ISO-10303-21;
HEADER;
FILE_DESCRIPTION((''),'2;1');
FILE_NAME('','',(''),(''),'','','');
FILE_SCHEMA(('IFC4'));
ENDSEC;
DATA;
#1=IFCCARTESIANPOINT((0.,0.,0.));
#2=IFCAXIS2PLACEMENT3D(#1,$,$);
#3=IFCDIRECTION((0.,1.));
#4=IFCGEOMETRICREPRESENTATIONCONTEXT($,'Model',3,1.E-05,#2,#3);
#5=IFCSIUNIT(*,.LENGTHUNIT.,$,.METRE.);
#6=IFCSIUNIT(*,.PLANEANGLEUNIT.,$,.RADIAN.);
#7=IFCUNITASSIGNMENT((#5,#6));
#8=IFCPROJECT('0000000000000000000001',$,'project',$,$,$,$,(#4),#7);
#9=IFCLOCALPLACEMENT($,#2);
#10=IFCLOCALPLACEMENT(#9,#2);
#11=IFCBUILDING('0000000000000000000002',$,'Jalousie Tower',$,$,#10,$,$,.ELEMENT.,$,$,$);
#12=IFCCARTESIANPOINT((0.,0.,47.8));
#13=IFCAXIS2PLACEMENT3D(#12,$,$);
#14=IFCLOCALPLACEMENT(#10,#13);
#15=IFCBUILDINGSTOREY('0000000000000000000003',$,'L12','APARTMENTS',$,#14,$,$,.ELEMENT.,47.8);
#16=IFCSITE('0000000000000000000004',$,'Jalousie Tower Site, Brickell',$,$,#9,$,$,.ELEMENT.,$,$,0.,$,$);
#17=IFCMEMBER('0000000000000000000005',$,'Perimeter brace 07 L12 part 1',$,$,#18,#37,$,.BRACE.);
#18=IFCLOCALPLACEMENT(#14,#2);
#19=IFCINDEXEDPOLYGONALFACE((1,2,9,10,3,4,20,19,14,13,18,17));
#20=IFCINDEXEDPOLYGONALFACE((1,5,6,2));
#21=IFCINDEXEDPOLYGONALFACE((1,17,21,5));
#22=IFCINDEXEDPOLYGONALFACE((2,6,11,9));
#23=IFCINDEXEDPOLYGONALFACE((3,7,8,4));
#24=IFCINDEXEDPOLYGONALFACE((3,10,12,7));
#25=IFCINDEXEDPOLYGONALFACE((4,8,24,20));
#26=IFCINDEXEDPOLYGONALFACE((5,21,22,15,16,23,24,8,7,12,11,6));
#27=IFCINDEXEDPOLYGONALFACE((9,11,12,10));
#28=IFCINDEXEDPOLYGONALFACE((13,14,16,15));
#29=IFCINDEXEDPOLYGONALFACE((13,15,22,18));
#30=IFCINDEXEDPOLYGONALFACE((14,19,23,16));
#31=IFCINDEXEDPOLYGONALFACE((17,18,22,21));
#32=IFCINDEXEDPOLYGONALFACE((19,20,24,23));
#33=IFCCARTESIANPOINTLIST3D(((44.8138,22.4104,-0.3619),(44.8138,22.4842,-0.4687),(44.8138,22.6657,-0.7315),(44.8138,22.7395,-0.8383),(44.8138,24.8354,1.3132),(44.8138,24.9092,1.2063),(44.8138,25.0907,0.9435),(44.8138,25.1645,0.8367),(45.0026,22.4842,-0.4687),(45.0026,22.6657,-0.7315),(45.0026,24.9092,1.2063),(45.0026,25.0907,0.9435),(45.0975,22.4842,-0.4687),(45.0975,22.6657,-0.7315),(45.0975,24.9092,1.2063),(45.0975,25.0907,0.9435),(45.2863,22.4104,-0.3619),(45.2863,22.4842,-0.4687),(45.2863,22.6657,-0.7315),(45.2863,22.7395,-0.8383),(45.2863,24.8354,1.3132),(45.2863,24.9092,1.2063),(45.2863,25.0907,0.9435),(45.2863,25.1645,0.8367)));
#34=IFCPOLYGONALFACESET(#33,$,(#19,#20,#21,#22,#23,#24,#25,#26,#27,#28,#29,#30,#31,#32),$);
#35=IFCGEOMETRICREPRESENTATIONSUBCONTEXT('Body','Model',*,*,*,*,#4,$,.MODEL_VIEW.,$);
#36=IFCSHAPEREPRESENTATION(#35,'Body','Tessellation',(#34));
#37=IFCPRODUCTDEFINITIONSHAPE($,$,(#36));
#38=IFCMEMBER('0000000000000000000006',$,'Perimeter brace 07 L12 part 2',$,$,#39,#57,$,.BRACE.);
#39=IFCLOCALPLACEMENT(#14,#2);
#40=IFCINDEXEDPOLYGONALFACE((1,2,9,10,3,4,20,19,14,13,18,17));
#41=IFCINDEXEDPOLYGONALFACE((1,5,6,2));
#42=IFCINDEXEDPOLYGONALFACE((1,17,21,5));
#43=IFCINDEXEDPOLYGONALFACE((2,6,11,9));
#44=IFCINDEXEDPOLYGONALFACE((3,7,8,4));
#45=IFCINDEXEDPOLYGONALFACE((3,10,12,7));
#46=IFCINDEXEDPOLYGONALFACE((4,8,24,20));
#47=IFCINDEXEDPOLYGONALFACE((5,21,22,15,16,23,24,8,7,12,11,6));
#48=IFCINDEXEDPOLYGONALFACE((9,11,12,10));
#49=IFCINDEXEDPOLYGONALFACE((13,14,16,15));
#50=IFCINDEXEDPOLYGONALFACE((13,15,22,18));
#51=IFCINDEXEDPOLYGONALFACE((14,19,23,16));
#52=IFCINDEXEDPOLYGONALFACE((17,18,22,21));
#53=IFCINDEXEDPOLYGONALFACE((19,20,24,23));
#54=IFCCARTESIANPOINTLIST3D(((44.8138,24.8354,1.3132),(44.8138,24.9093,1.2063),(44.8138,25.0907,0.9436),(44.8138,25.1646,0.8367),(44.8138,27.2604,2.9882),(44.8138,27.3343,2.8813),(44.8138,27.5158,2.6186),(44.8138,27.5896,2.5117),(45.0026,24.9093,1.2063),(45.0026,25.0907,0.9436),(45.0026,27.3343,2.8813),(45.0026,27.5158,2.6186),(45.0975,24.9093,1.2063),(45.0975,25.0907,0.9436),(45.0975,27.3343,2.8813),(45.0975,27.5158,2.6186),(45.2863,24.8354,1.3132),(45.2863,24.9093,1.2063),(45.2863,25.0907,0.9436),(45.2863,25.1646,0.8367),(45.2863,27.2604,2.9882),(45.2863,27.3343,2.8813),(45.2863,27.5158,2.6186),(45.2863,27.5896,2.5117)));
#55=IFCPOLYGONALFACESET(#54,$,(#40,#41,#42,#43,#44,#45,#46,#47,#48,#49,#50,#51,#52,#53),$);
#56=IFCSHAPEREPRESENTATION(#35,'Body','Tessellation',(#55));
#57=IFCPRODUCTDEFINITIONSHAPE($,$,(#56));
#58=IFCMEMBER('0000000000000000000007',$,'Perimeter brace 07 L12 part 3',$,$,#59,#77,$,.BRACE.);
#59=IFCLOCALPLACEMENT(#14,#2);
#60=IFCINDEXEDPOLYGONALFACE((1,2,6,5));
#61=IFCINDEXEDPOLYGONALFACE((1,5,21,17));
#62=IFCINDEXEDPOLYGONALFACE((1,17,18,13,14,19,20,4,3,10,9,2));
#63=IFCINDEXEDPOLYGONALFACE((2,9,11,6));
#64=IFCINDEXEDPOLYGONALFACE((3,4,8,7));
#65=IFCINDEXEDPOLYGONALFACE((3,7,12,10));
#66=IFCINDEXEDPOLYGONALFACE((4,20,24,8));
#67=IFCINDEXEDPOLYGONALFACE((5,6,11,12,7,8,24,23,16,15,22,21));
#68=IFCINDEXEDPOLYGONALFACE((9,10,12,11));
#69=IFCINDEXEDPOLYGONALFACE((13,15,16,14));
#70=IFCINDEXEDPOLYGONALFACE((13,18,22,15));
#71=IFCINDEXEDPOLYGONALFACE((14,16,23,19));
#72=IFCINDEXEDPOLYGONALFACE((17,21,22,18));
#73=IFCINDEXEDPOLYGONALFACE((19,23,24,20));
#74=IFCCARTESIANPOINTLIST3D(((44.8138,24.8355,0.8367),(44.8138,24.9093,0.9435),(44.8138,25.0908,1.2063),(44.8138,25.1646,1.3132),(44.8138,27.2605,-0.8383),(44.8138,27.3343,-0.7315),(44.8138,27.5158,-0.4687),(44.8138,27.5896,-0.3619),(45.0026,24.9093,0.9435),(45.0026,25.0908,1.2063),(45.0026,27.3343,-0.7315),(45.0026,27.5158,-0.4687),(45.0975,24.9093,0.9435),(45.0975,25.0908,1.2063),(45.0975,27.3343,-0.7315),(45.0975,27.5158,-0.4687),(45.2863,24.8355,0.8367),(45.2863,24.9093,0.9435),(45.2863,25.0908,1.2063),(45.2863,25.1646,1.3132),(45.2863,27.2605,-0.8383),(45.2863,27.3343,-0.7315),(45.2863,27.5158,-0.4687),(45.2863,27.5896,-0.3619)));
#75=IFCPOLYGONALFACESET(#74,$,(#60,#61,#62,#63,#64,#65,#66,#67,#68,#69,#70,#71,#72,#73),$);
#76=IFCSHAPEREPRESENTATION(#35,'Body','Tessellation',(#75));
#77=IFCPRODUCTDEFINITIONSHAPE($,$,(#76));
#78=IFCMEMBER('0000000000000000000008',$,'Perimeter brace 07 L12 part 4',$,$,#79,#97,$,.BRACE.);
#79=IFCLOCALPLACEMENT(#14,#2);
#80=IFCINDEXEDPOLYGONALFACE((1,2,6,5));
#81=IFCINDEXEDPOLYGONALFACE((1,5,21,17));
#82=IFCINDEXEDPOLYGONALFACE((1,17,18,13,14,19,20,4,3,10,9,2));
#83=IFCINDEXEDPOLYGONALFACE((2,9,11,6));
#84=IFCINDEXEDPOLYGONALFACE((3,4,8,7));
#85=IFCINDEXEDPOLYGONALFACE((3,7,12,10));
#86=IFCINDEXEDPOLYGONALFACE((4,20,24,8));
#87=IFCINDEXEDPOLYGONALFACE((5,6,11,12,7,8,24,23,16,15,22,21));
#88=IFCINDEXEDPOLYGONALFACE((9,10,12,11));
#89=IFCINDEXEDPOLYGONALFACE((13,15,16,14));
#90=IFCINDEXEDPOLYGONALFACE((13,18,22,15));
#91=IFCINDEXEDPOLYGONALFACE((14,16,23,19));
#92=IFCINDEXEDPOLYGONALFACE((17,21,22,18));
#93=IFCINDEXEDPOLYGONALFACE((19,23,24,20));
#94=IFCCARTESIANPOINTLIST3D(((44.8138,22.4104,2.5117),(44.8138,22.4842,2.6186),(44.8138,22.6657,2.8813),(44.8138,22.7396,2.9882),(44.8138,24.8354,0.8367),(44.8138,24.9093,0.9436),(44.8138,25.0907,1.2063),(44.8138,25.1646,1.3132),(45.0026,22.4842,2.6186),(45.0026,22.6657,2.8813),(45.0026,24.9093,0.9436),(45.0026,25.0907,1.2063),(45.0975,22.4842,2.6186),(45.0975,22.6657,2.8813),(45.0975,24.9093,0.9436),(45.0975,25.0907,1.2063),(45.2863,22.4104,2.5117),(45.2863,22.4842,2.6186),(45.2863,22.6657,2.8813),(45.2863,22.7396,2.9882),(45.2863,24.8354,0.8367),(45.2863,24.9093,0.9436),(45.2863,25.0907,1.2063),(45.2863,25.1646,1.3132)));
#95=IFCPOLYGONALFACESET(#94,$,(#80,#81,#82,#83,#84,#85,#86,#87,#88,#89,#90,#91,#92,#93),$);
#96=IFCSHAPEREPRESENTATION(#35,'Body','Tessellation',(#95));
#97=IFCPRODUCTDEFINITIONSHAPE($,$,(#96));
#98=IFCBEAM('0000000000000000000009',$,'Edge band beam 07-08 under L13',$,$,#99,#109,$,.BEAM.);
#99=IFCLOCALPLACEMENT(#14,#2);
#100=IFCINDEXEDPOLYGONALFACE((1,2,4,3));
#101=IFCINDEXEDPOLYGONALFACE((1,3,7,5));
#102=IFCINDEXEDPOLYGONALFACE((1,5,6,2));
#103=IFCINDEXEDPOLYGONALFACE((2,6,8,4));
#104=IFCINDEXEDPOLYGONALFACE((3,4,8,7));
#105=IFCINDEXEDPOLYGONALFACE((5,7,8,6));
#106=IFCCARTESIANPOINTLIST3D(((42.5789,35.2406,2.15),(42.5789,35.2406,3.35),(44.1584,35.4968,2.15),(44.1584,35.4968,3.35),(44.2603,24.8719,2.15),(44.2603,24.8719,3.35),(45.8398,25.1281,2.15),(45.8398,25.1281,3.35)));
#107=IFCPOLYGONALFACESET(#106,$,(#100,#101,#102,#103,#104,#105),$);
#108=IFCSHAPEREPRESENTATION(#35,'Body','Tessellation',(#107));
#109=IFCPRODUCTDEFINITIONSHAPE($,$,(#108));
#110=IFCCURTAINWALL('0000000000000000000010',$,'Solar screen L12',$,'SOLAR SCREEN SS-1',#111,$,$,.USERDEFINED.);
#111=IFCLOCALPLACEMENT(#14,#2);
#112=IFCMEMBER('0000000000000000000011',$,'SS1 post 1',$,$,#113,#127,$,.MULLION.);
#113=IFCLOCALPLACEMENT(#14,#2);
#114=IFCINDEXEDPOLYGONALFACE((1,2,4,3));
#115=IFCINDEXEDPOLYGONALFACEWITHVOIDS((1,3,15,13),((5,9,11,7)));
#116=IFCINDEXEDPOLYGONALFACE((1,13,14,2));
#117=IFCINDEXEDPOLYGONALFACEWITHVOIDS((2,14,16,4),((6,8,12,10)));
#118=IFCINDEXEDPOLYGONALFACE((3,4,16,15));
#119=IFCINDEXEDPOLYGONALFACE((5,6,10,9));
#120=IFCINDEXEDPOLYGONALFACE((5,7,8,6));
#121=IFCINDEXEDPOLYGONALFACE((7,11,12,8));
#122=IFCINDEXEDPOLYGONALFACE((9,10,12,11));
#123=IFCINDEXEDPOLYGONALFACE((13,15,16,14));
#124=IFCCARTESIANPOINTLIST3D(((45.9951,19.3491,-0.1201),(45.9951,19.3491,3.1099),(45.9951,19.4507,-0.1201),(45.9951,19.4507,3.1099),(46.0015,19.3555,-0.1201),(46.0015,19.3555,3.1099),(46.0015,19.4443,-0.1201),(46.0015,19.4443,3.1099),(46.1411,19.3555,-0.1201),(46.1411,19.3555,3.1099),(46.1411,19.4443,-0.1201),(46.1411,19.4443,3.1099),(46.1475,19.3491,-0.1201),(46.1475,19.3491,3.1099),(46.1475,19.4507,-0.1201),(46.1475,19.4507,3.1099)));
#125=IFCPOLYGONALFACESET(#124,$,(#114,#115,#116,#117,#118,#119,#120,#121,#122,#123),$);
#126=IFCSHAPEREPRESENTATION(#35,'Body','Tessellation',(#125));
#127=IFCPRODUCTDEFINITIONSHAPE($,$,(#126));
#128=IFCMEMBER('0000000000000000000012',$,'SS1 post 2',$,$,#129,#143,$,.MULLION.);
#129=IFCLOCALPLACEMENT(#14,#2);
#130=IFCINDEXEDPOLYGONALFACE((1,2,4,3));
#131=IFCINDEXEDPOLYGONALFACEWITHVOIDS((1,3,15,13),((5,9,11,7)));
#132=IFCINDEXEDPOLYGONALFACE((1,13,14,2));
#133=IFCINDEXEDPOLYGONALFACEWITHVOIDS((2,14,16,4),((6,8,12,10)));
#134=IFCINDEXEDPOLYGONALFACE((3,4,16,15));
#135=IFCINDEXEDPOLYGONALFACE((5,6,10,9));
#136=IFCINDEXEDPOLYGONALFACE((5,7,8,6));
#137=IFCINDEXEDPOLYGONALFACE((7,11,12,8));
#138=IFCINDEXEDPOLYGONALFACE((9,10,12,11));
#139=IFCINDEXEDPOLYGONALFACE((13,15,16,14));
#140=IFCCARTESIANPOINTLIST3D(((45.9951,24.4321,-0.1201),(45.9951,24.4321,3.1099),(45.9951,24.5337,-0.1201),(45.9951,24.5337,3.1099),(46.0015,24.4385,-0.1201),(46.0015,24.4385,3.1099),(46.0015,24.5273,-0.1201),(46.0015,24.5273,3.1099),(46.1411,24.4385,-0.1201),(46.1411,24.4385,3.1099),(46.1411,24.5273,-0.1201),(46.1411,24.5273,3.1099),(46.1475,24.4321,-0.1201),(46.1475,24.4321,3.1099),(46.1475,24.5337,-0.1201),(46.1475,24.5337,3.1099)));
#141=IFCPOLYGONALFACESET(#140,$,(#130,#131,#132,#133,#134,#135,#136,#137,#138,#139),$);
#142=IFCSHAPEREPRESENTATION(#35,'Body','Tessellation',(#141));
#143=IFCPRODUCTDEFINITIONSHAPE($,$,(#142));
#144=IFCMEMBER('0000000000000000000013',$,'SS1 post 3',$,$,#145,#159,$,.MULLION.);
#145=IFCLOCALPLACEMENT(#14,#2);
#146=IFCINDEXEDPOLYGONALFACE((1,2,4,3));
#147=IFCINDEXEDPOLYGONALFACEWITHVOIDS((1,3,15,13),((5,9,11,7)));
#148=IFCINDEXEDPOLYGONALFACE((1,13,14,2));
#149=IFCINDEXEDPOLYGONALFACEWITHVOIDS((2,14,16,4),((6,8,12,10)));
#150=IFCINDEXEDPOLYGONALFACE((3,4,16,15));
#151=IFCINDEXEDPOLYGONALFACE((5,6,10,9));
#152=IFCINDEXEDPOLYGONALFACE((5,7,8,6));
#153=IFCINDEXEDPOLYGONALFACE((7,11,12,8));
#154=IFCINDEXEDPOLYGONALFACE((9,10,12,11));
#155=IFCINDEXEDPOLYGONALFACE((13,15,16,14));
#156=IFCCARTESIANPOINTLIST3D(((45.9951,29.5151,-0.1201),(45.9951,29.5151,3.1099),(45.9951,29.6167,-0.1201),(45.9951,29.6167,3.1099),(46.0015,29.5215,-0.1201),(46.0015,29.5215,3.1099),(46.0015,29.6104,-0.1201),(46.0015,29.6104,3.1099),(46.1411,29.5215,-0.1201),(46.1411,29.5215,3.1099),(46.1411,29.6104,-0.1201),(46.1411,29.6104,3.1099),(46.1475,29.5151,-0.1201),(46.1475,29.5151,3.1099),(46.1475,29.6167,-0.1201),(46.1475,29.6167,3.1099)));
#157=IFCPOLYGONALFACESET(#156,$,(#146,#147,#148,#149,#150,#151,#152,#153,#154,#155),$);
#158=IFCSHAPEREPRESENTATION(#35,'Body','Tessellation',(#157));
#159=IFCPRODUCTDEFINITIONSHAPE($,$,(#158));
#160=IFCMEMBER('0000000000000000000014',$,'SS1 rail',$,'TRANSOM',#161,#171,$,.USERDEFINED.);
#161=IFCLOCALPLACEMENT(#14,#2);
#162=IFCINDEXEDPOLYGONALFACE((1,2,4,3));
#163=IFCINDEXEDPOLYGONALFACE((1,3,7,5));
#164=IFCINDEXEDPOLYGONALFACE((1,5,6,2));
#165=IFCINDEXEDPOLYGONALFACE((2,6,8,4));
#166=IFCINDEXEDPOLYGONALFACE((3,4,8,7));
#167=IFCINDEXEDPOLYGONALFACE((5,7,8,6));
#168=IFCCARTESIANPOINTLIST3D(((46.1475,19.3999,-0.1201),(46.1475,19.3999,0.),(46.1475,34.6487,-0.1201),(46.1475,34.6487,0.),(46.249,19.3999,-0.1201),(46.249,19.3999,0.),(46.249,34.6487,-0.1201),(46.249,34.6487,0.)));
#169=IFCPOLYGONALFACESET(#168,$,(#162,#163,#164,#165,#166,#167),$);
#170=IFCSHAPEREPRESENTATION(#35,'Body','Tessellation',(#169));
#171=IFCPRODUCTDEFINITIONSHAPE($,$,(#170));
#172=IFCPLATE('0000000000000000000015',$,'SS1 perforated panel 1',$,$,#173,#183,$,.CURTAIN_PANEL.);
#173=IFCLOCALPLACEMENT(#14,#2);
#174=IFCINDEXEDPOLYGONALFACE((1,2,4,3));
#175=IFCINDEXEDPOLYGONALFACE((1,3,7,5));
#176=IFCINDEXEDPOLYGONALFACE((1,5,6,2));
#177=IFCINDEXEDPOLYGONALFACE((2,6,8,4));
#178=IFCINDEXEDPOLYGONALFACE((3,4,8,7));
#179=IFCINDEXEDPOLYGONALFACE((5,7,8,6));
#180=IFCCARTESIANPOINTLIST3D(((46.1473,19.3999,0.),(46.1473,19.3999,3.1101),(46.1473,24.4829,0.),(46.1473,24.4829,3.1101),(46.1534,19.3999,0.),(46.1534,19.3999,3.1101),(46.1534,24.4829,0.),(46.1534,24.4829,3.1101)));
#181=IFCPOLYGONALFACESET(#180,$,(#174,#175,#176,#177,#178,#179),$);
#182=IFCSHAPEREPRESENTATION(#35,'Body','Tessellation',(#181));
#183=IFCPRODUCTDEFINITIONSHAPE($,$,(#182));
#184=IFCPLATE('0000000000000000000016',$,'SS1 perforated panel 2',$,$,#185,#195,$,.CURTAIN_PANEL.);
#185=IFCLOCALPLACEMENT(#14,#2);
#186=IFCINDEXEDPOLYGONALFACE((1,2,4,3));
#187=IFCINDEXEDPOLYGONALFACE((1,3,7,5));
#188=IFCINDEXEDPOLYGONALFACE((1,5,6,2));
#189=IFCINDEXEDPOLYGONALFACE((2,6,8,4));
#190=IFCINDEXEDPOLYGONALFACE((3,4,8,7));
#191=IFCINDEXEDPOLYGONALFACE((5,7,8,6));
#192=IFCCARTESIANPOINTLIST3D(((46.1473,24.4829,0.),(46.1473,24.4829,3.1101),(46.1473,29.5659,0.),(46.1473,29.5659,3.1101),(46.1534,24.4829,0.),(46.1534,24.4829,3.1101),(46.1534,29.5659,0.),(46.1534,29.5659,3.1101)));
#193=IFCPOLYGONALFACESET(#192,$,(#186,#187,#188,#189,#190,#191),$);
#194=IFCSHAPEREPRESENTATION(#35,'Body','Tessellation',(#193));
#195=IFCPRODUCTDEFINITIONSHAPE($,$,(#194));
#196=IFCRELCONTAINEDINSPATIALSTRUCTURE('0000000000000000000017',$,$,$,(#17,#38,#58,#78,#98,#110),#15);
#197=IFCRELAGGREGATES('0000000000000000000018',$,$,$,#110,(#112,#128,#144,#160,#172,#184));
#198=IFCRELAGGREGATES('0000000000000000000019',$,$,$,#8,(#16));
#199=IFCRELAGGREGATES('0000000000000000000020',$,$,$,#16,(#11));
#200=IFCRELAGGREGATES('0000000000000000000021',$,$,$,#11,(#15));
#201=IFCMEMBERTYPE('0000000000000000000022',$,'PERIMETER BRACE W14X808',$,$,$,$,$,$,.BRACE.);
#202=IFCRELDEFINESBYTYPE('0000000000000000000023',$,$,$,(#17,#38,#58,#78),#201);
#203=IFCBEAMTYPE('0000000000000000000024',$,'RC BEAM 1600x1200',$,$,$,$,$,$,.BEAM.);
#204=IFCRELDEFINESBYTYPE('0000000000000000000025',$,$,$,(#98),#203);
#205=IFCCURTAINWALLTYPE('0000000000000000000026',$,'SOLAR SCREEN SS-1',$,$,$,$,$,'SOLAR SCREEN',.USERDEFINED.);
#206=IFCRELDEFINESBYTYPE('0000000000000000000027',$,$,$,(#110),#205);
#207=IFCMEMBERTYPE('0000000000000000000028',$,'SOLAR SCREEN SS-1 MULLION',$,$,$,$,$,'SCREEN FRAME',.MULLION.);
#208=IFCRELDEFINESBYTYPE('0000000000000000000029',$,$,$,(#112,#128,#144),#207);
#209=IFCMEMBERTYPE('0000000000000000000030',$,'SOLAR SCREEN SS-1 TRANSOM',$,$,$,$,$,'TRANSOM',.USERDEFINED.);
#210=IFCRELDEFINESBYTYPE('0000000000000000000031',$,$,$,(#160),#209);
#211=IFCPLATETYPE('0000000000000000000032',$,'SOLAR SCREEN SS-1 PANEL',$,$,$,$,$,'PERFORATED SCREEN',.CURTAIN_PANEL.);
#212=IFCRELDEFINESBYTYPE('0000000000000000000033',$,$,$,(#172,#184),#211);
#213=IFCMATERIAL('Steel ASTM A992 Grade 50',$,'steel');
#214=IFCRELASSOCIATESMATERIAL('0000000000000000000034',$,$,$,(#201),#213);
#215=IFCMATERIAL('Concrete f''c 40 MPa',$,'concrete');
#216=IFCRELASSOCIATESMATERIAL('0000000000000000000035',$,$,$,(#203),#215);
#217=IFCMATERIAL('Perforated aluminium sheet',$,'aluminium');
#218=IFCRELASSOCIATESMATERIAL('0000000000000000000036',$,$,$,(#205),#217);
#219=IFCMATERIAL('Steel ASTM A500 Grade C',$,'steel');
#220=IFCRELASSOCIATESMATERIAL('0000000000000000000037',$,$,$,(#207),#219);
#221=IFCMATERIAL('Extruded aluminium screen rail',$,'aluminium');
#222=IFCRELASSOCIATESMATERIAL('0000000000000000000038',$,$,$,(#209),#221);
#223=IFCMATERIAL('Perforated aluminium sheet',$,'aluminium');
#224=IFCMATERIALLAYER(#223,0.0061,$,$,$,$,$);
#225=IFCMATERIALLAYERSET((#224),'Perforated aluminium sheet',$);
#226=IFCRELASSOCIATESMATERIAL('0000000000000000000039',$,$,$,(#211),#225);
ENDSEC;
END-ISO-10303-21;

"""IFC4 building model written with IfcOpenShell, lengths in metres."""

from ifc_helpers import new_model, si_unit, direction, frame, origin, origin_2d, place, context, subcontext, project, spatial, rectangle, hollow_rectangle, i_section, extrude, material, layer, layer_set, material_profile, profile_set, type_object, element, aggregate, save


model = new_model("IFC4")

# Units and contexts
model_context = context("Model", 3, precision=1e-05, world=origin(), true_north=direction((0.0, 1.0)))
body_context = subcontext(model_context, "Body", "Model", "MODEL_VIEW")
ifc_project = project(units=[si_unit("LENGTHUNIT", "METRE"), si_unit("PLANEANGLEUNIT", "RADIAN")], contexts=[model_context])

# Site, building, storey
site_placement = place(None, origin())
site = spatial("IfcSite", under=ifc_project, at=site_placement, Name="Jalousie Tower Site, Brickell", CompositionType="ELEMENT", RefElevation=0.0)
building_placement = place(site_placement, origin())
building = spatial("IfcBuilding", under=site, at=building_placement, Name="Jalousie Tower", CompositionType="ELEMENT")
storey_placement = place(building_placement, frame((0.0, 0.0, 47.8)))
storey = spatial("IfcBuildingStorey", under=building, at=storey_placement, Name="L12", Description="APARTMENTS", CompositionType="ELEMENT", Elevation=47.8)

# Members
ifc_material_1 = material(Name="Steel ASTM A992 Grade 50", Category="steel")
ifc_material_profile_1 = material_profile(ifc_material_1, i_section(OverallWidth=0.4724, OverallDepth=0.5791, WebThickness=0.095, FlangeThickness=0.1299, at=origin_2d()), Name="W14X808")
ifc_profile_set_1 = profile_set([ifc_material_profile_1], Name="Steel ASTM A992 Grade 50")
member_type_1 = type_object("IfcMemberType", Name="PERIMETER BRACE W14X808", PredefinedType="BRACE", material=ifc_profile_set_1)
for number, where, z_axis, x_axis, name in (
    (1, (45.05, 22.575, -0.6001), (0.0, 0.8228, 0.568331), (-1.0, 0.0, 0.0), "Perimeter brace 07 L12 part 1"),
    (2, (45.05, 25.0, 1.075), (0.0, 0.8228, 0.568331), (-1.0, 0.0, 0.0), "Perimeter brace 07 L12 part 2"),
    (3, (45.05, 27.425, -0.6001), (0.0, -0.8228, 0.568331), (1.0, 0.0, 0.0), "Perimeter brace 07 L12 part 3"),
    (4, (45.05, 25.0, 1.075), (0.0, -0.8228, 0.568331), (1.0, 0.0, 0.0), "Perimeter brace 07 L12 part 4"),
):
    element("IfcMember", number, at=place(storey_placement, frame(where, z_axis=z_axis, x_axis=x_axis)), inside=storey, type_object=member_type_1, Name=name, PredefinedType="BRACE", context=body_context, shape_type="SweptSolid", body=[
        extrude(i_section(OverallWidth=0.4724, OverallDepth=0.5791, WebThickness=0.095, FlangeThickness=0.1299, at=origin_2d()), origin(), (0.0, 0.0, 1.0), 2.9473),
    ])

# Beam
ifc_material_2 = material(Name="Concrete f'c 40 MPa", Category="concrete")
ifc_material_profile_2 = material_profile(ifc_material_2, rectangle(XDim=1.6001, YDim=1.2, at=origin_2d()), Name="RC 1600x1200")
ifc_profile_set_2 = profile_set([ifc_material_profile_2], Name="Concrete f'c 40 MPa")
beam_type = type_object("IfcBeamType", Name="RC BEAM 1600x1200", PredefinedType="BEAM", material=ifc_profile_set_2)
beam_placement = place(storey_placement, frame((45.05, 25.0, 2.75), z_axis=(-0.160071, 0.987106, 0.0), x_axis=(-0.987106, -0.160071, 0.0)))
element("IfcBeam", 5, at=beam_placement, inside=storey, type_object=beam_type, Name="Edge band beam 07-08 under L13", PredefinedType="BEAM", context=body_context, shape_type="SweptSolid", body=[
    extrude(rectangle(XDim=1.6001, YDim=1.2, at=origin_2d()), origin(), (0.0, 0.0, 1.0), 10.5042),
])

# Curtain wall, members, plates
ifc_material_3 = material(Name="Perforated aluminium sheet", Category="aluminium")
curtain_wall_type = type_object("IfcCurtainWallType", Name="SOLAR SCREEN SS-1", ElementType="SOLAR SCREEN", PredefinedType="USERDEFINED", material=ifc_material_3)
curtain_wall_placement = place(storey_placement, origin())
curtain_wall = element("IfcCurtainWall", 6, at=curtain_wall_placement, inside=storey, type_object=curtain_wall_type, Name="Solar screen L12", ObjectType="SOLAR SCREEN SS-1", PredefinedType="USERDEFINED")
ifc_material_4 = material(Name="Steel ASTM A500 Grade C", Category="steel")
ifc_material_profile_3 = material_profile(ifc_material_4, hollow_rectangle(XDim=0.1016, YDim=0.1523, WallThickness=0.0063, at=origin_2d()), Name="HSS6X4X1/4")
ifc_profile_set_3 = profile_set([ifc_material_profile_3], Name="Steel ASTM A500 Grade C")
member_type_2 = type_object("IfcMemberType", Name="SOLAR SCREEN SS-1 MULLION", ElementType="SCREEN FRAME", PredefinedType="MULLION", material=ifc_profile_set_3)
member_1_placement = place(storey_placement, frame((46.0713, 19.3999, -0.1201), z_axis=(0.0, 0.0, 1.0), x_axis=(0.0, 1.0, 0.0)))
member_1 = element("IfcMember", 7, at=member_1_placement, type_object=member_type_2, Name="SS1 post 1", PredefinedType="MULLION", context=body_context, shape_type="SweptSolid", body=[
    extrude(hollow_rectangle(XDim=0.1016, YDim=0.1523, WallThickness=0.0063, at=origin_2d()), origin(), (0.0, 0.0, 1.0), 3.23),
])
member_2_placement = place(storey_placement, frame((46.0713, 24.4829, -0.1201), z_axis=(0.0, 0.0, 1.0), x_axis=(0.0, 1.0, 0.0)))
member_2 = element("IfcMember", 8, at=member_2_placement, type_object=member_type_2, Name="SS1 post 2", PredefinedType="MULLION", context=body_context, shape_type="SweptSolid", body=[
    extrude(hollow_rectangle(XDim=0.1016, YDim=0.1523, WallThickness=0.0063, at=origin_2d()), origin(), (0.0, 0.0, 1.0), 3.23),
])
member_3_placement = place(storey_placement, frame((46.0713, 29.5659, -0.1201), z_axis=(0.0, 0.0, 1.0), x_axis=(0.0, 1.0, 0.0)))
member_3 = element("IfcMember", 9, at=member_3_placement, type_object=member_type_2, Name="SS1 post 3", PredefinedType="MULLION", context=body_context, shape_type="SweptSolid", body=[
    extrude(hollow_rectangle(XDim=0.1016, YDim=0.1523, WallThickness=0.0063, at=origin_2d()), origin(), (0.0, 0.0, 1.0), 3.23),
])
ifc_material_5 = material(Name="Extruded aluminium screen rail", Category="aluminium")
ifc_material_profile_4 = material_profile(ifc_material_5, rectangle(XDim=0.1016, YDim=0.1201, at=origin_2d()), Name="RAIL 102x120")
ifc_profile_set_4 = profile_set([ifc_material_profile_4], Name="Extruded aluminium screen rail")
member_type_3 = type_object("IfcMemberType", Name="SOLAR SCREEN SS-1 TRANSOM", ElementType="TRANSOM", PredefinedType="USERDEFINED", material=ifc_profile_set_4)
member_4_placement = place(storey_placement, frame((46.1982, 19.3999, -0.0601), z_axis=(0.0, 1.0, 0.0), x_axis=(-1.0, 0.0, 0.0)))
member_4 = element("IfcMember", 10, at=member_4_placement, type_object=member_type_3, Name="SS1 rail", ObjectType="TRANSOM", PredefinedType="USERDEFINED", context=body_context, shape_type="SweptSolid", body=[
    extrude(rectangle(XDim=0.1016, YDim=0.1201, at=origin_2d()), origin(), (0.0, 0.0, 1.0), 15.2488),
])
ifc_material_6 = material(Name="Perforated aluminium sheet", Category="aluminium")
ifc_layer_1 = layer(ifc_material_6, 0.0061)
ifc_layer_set_1 = layer_set([ifc_layer_1], Name="Perforated aluminium sheet")
plate_type = type_object("IfcPlateType", Name="SOLAR SCREEN SS-1 PANEL", ElementType="PERFORATED SCREEN", PredefinedType="CURTAIN_PANEL", material=ifc_layer_set_1)
plate_1_placement = place(storey_placement, frame((46.1504, 21.9414, 0.0), z_axis=(0.0, 0.0, 1.0), x_axis=(0.0, 1.0, 0.0)))
plate_1 = element("IfcPlate", 11, at=plate_1_placement, type_object=plate_type, Name="SS1 perforated panel 1", PredefinedType="CURTAIN_PANEL", context=body_context, shape_type="SweptSolid", body=[
    extrude(rectangle(XDim=5.083, YDim=0.0061, at=origin_2d()), origin(), (0.0, 0.0, 1.0), 3.1101),
])
plate_2_placement = place(storey_placement, frame((46.1504, 27.0244, 0.0), z_axis=(0.0, 0.0, 1.0), x_axis=(0.0, 1.0, 0.0)))
plate_2 = element("IfcPlate", 12, at=plate_2_placement, type_object=plate_type, Name="SS1 perforated panel 2", PredefinedType="CURTAIN_PANEL", context=body_context, shape_type="SweptSolid", body=[
    extrude(rectangle(XDim=5.083, YDim=0.0061, at=origin_2d()), origin(), (0.0, 0.0, 1.0), 3.1101),
])
aggregate(curtain_wall, [member_1, member_2, member_3, member_4, plate_1, plate_2])

save(model, "model.ifc")
